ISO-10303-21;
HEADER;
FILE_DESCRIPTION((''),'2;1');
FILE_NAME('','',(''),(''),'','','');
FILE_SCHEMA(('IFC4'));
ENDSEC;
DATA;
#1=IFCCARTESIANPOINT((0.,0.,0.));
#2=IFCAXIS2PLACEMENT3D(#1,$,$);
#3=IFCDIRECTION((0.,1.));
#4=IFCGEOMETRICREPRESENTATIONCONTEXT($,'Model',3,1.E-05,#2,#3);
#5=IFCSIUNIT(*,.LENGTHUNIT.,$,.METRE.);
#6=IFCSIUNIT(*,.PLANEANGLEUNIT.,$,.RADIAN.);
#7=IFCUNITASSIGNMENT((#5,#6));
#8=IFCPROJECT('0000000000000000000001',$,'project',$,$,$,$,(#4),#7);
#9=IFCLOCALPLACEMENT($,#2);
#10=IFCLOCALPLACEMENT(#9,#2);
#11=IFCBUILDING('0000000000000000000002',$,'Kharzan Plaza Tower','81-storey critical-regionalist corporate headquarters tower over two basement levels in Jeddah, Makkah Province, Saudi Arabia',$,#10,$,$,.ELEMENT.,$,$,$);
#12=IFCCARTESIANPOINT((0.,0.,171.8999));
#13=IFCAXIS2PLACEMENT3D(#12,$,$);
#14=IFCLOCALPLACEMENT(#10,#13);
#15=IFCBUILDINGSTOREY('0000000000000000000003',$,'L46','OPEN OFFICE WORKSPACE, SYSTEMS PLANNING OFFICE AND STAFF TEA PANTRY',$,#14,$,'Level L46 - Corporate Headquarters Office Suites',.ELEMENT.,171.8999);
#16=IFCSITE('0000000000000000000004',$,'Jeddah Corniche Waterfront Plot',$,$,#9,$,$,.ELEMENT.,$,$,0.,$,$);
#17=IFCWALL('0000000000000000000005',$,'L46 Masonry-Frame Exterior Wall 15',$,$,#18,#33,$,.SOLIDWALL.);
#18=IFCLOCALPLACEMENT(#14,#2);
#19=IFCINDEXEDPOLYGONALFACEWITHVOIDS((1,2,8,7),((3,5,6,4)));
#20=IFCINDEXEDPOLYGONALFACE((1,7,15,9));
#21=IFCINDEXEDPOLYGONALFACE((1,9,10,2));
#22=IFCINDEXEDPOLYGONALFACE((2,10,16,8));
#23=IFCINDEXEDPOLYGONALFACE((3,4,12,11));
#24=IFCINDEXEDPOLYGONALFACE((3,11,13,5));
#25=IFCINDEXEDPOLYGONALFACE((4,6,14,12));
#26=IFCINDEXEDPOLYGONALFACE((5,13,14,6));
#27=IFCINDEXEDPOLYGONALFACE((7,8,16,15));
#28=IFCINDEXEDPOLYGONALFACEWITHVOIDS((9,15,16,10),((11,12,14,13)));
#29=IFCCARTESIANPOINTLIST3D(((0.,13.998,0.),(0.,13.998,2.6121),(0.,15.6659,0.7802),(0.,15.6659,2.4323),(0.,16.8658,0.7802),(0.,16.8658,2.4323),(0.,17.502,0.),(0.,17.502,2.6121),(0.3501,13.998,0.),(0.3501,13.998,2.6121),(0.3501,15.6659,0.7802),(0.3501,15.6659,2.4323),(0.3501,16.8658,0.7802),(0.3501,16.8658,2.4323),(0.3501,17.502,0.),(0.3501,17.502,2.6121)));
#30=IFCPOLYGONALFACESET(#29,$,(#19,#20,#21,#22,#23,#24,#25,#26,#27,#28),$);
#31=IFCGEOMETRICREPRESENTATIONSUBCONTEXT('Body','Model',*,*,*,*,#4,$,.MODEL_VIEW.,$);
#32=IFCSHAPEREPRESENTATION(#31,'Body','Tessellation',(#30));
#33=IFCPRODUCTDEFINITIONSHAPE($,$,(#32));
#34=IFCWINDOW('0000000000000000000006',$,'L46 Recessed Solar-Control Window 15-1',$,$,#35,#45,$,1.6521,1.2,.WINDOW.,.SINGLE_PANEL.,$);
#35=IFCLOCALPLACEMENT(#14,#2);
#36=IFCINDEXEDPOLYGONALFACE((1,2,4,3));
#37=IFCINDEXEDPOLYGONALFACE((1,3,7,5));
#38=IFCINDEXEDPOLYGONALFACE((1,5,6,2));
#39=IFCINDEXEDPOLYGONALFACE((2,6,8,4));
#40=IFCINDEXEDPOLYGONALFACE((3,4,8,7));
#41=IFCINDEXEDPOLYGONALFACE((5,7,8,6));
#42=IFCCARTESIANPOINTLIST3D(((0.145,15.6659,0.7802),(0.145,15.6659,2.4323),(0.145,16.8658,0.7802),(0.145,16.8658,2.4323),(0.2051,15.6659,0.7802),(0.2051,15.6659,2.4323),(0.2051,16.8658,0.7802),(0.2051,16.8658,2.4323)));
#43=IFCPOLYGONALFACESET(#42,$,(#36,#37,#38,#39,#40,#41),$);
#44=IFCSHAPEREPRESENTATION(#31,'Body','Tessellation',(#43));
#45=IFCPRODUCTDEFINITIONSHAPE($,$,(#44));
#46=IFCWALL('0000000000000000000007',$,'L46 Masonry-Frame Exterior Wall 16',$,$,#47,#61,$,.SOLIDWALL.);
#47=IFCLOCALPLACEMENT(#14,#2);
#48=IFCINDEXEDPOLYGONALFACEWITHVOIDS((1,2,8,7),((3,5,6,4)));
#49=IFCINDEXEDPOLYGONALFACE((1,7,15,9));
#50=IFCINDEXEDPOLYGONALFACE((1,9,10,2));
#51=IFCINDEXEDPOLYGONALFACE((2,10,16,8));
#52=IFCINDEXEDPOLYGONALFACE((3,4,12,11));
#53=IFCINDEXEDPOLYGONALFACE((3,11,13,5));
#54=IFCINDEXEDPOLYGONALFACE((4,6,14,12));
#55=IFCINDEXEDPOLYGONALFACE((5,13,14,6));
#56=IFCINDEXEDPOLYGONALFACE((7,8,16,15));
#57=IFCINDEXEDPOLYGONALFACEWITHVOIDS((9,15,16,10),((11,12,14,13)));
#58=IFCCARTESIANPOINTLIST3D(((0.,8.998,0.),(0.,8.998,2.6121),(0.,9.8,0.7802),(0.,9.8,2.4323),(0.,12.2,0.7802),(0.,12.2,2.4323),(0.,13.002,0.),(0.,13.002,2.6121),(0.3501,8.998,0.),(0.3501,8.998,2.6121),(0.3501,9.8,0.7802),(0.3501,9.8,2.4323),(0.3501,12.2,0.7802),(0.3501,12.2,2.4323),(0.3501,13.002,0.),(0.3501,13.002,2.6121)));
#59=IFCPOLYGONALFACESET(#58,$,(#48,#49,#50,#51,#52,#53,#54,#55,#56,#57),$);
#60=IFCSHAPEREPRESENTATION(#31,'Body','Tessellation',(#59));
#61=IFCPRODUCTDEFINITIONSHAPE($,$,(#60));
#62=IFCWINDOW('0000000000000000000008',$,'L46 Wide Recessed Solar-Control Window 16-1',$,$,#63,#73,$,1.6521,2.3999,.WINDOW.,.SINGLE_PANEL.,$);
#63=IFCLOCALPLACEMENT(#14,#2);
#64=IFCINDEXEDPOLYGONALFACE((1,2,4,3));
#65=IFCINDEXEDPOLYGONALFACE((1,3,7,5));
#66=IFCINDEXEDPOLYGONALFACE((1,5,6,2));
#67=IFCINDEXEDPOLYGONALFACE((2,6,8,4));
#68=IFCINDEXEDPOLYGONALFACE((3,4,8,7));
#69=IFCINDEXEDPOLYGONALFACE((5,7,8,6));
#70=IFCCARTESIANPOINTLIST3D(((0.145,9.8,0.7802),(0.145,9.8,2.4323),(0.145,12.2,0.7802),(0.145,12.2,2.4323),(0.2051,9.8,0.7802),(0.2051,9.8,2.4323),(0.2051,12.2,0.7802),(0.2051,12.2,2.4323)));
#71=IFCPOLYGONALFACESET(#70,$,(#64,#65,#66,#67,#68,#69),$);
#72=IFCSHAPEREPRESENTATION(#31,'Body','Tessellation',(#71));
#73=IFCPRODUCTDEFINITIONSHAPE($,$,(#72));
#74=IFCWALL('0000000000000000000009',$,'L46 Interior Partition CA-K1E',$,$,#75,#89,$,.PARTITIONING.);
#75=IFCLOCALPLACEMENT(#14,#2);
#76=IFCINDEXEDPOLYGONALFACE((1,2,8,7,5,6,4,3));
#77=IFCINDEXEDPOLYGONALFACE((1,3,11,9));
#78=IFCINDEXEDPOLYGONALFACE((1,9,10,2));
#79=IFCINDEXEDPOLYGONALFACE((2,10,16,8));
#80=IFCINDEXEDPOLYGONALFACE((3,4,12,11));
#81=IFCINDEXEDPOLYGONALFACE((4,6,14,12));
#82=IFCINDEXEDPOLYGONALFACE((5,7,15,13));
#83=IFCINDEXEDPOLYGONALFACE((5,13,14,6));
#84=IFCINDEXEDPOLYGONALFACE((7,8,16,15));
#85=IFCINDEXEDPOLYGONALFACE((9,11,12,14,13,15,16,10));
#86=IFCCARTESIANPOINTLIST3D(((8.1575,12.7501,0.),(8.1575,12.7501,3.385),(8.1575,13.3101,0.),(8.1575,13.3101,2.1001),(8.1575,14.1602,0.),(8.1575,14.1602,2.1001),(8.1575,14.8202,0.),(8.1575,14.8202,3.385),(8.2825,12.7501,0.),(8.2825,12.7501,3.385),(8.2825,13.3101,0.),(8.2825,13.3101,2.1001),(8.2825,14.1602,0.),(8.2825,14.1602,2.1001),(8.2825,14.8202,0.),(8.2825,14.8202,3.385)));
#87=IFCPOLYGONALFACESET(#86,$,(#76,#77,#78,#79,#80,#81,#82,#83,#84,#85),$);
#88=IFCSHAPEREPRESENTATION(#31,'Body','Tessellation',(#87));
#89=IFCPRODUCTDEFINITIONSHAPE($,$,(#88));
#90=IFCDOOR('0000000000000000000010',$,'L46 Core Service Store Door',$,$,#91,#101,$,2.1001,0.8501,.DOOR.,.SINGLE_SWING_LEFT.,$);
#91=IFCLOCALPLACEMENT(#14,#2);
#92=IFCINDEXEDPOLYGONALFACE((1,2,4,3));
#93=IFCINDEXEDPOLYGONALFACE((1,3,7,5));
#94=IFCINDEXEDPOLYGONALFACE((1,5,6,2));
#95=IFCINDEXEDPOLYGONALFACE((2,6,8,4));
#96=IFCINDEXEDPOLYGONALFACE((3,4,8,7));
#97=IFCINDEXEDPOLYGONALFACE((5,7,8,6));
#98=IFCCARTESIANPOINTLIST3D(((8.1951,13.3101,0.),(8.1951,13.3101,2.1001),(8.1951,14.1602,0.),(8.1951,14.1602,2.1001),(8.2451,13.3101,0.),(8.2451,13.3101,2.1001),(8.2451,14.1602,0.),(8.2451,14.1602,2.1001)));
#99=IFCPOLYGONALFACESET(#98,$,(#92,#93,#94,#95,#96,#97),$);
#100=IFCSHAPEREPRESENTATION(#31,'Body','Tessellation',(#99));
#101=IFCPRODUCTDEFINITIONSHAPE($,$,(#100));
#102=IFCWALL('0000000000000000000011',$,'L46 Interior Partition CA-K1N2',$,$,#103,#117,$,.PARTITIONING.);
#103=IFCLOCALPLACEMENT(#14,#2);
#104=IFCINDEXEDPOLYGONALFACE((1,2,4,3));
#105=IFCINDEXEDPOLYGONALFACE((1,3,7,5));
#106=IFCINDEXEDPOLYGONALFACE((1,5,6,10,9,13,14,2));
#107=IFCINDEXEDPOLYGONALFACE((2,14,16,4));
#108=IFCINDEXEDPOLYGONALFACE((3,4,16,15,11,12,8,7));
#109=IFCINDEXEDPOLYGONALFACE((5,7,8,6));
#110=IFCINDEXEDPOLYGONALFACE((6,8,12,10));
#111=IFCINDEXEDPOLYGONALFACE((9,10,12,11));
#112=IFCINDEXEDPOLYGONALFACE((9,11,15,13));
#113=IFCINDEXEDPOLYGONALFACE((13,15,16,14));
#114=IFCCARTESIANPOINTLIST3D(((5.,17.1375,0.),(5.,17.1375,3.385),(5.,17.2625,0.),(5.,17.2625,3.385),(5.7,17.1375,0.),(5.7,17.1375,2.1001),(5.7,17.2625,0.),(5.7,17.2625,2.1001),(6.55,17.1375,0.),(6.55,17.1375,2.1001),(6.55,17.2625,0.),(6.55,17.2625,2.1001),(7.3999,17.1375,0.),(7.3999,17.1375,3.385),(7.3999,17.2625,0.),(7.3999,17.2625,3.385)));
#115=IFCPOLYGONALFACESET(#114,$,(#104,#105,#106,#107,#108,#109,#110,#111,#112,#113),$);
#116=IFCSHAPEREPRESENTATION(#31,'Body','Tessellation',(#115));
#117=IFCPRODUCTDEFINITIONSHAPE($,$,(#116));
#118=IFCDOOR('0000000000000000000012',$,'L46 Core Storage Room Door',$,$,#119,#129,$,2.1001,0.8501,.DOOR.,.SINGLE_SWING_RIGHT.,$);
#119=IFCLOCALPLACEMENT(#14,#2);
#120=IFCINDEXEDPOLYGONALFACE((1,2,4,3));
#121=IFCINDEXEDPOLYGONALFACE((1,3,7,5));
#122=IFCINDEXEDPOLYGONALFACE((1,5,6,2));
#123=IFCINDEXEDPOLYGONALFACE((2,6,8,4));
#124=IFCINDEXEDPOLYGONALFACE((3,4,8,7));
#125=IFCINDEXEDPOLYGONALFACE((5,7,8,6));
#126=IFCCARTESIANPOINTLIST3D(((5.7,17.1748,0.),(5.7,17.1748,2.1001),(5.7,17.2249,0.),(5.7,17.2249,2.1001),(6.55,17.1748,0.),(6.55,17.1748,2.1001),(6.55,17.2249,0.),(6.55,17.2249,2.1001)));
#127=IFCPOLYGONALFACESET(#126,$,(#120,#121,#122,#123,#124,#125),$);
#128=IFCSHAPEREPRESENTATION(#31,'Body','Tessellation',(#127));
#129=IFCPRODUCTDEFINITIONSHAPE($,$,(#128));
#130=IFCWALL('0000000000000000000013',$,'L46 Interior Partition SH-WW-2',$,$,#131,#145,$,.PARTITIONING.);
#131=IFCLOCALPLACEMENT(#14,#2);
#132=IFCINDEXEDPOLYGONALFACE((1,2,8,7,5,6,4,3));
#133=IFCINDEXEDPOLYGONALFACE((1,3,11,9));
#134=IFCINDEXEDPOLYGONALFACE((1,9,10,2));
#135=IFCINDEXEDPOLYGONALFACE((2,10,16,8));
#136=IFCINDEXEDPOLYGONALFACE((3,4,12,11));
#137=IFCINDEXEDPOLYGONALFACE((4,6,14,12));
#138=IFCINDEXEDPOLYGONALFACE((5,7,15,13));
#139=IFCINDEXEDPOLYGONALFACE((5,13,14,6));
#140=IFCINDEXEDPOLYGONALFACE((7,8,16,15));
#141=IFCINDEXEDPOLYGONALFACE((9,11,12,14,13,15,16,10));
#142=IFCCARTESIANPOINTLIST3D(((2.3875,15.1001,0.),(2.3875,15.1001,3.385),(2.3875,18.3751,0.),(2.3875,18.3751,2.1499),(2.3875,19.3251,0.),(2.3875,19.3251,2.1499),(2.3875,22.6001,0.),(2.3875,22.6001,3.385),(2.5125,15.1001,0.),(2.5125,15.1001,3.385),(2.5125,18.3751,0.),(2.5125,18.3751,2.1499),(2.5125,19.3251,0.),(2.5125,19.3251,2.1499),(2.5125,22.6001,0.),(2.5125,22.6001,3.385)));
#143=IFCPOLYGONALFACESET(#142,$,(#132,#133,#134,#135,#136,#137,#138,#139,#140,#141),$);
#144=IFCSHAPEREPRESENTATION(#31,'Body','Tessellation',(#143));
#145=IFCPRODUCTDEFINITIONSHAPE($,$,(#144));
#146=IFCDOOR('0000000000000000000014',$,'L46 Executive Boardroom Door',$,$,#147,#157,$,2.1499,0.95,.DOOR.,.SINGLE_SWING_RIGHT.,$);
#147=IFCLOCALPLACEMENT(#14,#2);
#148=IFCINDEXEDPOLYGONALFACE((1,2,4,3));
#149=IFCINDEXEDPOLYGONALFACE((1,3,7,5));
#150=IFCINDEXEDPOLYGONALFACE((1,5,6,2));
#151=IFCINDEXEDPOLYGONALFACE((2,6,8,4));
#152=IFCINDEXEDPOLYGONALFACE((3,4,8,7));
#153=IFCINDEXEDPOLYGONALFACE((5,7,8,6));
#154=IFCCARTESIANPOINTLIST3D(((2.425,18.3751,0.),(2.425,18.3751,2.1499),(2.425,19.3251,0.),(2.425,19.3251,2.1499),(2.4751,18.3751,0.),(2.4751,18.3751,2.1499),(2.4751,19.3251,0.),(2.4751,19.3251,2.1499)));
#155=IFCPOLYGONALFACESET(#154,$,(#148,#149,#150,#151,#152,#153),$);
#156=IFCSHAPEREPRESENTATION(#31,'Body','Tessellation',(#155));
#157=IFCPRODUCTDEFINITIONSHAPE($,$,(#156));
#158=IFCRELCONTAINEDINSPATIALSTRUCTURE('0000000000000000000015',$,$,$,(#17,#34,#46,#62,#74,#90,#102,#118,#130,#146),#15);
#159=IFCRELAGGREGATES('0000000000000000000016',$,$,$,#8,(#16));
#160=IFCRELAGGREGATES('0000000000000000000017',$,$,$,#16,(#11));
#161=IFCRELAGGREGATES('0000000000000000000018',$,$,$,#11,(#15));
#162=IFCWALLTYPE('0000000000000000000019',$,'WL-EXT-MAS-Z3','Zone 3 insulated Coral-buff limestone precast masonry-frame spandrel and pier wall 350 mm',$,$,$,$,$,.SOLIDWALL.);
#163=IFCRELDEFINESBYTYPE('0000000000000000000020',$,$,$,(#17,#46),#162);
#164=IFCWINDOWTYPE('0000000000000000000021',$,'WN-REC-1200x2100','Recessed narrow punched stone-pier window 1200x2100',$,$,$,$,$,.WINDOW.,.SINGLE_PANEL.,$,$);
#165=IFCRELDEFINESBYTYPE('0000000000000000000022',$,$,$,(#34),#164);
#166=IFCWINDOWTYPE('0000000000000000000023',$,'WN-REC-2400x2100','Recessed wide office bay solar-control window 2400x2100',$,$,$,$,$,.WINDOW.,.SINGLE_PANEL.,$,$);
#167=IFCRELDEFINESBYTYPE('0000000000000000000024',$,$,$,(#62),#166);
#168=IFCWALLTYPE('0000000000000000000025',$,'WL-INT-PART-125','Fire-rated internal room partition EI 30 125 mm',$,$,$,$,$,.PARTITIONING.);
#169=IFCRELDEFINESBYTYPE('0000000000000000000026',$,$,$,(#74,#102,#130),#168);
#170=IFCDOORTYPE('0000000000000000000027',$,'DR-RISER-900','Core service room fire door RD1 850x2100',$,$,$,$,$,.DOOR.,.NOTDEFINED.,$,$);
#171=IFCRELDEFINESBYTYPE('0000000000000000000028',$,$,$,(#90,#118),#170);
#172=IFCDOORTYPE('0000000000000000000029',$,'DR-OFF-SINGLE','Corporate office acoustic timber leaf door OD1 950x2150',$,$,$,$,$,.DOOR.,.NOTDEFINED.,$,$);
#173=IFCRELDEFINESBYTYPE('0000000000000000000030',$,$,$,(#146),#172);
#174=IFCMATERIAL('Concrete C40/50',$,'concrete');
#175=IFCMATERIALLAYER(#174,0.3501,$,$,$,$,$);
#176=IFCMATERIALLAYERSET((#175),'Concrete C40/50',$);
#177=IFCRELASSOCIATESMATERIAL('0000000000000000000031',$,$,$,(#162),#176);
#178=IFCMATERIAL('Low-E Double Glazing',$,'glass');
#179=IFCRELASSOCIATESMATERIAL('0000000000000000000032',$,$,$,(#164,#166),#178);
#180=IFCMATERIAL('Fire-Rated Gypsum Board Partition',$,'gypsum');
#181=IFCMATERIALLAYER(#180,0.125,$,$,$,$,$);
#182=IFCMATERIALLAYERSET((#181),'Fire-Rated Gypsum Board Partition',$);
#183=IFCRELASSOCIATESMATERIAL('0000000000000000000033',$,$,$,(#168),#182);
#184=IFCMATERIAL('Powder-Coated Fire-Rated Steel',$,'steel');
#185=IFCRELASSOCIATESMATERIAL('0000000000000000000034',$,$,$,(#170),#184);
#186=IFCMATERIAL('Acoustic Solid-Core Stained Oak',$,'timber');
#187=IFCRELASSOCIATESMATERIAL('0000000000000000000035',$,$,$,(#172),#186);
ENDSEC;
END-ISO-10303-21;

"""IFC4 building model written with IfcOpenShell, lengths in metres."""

from ifc_helpers import new_model, si_unit, direction, frame, frame_2d, origin, place, context, subcontext, project, spatial, rectangle, extrude, source, transform, mapped, material, layer, layer_set, type_object, element, fill, save


model = new_model("IFC4")

# Units and contexts
model_context = context("Model", 3, precision=1e-05, world=origin(), true_north=direction((0.0, 1.0)))
body_context = subcontext(model_context, "Body", "Model", "MODEL_VIEW")
ifc_project = project(units=[si_unit("LENGTHUNIT", "METRE"), si_unit("PLANEANGLEUNIT", "RADIAN")], contexts=[model_context])

# Site, building, storey
site_placement = place(None, origin())
site = spatial("IfcSite", under=ifc_project, at=site_placement, Name="Jeddah Corniche Waterfront Plot", CompositionType="ELEMENT", RefElevation=0.0)
building_placement = place(site_placement, origin())
building = spatial("IfcBuilding", under=site, at=building_placement, Name="Kharzan Plaza Tower", Description="81-storey critical-regionalist corporate headquarters tower over two basement levels in Jeddah, Makkah Province, Saudi Arabia", CompositionType="ELEMENT")
storey_placement = place(building_placement, frame((0.0, 0.0, 171.8999)))
storey = spatial("IfcBuildingStorey", under=building, at=storey_placement, Name="L46", Description="OPEN OFFICE WORKSPACE, SYSTEMS PLANNING OFFICE AND STAFF TEA PANTRY", LongName="Level L46 - Corporate Headquarters Office Suites", CompositionType="ELEMENT", Elevation=171.8999)

# Walls, openings, windows
ifc_material_1 = material(Name="Concrete C40/50", Category="concrete")
ifc_layer_1 = layer(ifc_material_1, 0.3501)
ifc_layer_set_1 = layer_set([ifc_layer_1], Name="Concrete C40/50")
wall_type_1 = type_object("IfcWallType", Name="WL-EXT-MAS-Z3", Description="Zone 3 insulated Coral-buff limestone precast masonry-frame spandrel and pier wall 350 mm", PredefinedType="SOLIDWALL", material=ifc_layer_set_1)
wall_1_placement = place(storey_placement, frame((0.175, 17.502, 0.0), z_axis=(0.0, 0.0, 1.0), x_axis=(0.0, -1.0, 0.0)))
wall_1 = element("IfcWall", 1, at=wall_1_placement, inside=storey, type_object=wall_type_1, Name="L46 Masonry-Frame Exterior Wall 15", PredefinedType="SOLIDWALL", context=body_context, shape_type="SweptSolid", body=[
    extrude(rectangle(XDim=3.5039, YDim=0.3501, at=frame_2d((1.752, 0.0))), origin(), (0.0, 0.0, 1.0), 2.6121),
])
opening_1_placement = place(wall_1_placement, frame((0.636, 0.0, 0.78)))
opening_1 = element("IfcOpeningElement", 2, at=opening_1_placement, cuts=wall_1, PredefinedType="OPENING", context=body_context, shape_type="SweptSolid", body=[
    extrude(rectangle(XDim=1.2, YDim=1.6521, at=frame_2d((0.6001, 0.8262))), frame((0.0, 0.1851, 0.0), z_axis=(0.0, -1.0, 0.0), x_axis=(1.0, 0.0, 0.0)), (0.0, 0.0, 1.0), 0.3701),
])
ifc_material_2 = material(Name="Low-E Double Glazing", Category="glass")
window_type_1 = type_object("IfcWindowType", Name="WN-REC-1200x2100", Description="Recessed narrow punched stone-pier window 1200x2100", PartitioningType="SINGLE_PANEL", PredefinedType="WINDOW", material=ifc_material_2)
shared_shape_1 = source(origin(), body_context, "Body", "SweptSolid", [
    extrude(rectangle(XDim=1.2, YDim=1.6521, at=frame_2d((0.6001, 0.8262))), frame((0.0, 0.03, 0.0), z_axis=(0.0, -1.0, 0.0), x_axis=(1.0, 0.0, 0.0)), (0.0, 0.0, 1.0), 0.0601),
])
window_1_placement = place(opening_1_placement, origin())
window_1 = element("IfcWindow", 3, at=window_1_placement, inside=storey, type_object=window_type_1, Name="L46 Recessed Solar-Control Window 15-1", OverallHeight=1.6521, OverallWidth=1.2, PartitioningType="SINGLE_PANEL", PredefinedType="WINDOW", context=body_context, shape_type="MappedRepresentation", body=[
    mapped(shared_shape_1, transform((0.0, 0.0, 0.0), x_axis=(1.0, 0.0, 0.0), y_axis=(0.0, 1.0, 0.0), z_axis=(0.0, 0.0, 1.0))),
])
fill(opening_1, window_1)
wall_2_placement = place(storey_placement, frame((0.175, 13.002, 0.0), z_axis=(0.0, 0.0, 1.0), x_axis=(0.0, -1.0, 0.0)))
wall_2 = element("IfcWall", 4, at=wall_2_placement, inside=storey, type_object=wall_type_1, Name="L46 Masonry-Frame Exterior Wall 16", PredefinedType="SOLIDWALL", context=body_context, shape_type="SweptSolid", body=[
    extrude(rectangle(XDim=4.0039, YDim=0.3501, at=frame_2d((2.002, 0.0))), origin(), (0.0, 0.0, 1.0), 2.6121),
])
opening_2_placement = place(wall_2_placement, frame((0.802, 0.0, 0.78)))
opening_2 = element("IfcOpeningElement", 5, at=opening_2_placement, cuts=wall_2, PredefinedType="OPENING", context=body_context, shape_type="SweptSolid", body=[
    extrude(rectangle(XDim=2.3999, YDim=1.6521, at=frame_2d((1.2, 0.8262))), frame((0.0, 0.1851, 0.0), z_axis=(0.0, -1.0, 0.0), x_axis=(1.0, 0.0, 0.0)), (0.0, 0.0, 1.0), 0.3701),
])
window_type_2 = type_object("IfcWindowType", Name="WN-REC-2400x2100", Description="Recessed wide office bay solar-control window 2400x2100", PartitioningType="SINGLE_PANEL", PredefinedType="WINDOW", material=ifc_material_2)
shared_shape_2 = source(origin(), body_context, "Body", "SweptSolid", [
    extrude(rectangle(XDim=2.3999, YDim=1.6521, at=frame_2d((1.2, 0.8262))), frame((0.0, 0.03, 0.0), z_axis=(0.0, -1.0, 0.0), x_axis=(1.0, 0.0, 0.0)), (0.0, 0.0, 1.0), 0.0601),
])
window_2_placement = place(opening_2_placement, origin())
window_2 = element("IfcWindow", 6, at=window_2_placement, inside=storey, type_object=window_type_2, Name="L46 Wide Recessed Solar-Control Window 16-1", OverallHeight=1.6521, OverallWidth=2.3999, PartitioningType="SINGLE_PANEL", PredefinedType="WINDOW", context=body_context, shape_type="MappedRepresentation", body=[
    mapped(shared_shape_2, transform((0.0, 0.0, 0.0), x_axis=(1.0, 0.0, 0.0), y_axis=(0.0, 1.0, 0.0), z_axis=(0.0, 0.0, 1.0))),
])
fill(opening_2, window_2)

# Walls, openings, doors
ifc_material_3 = material(Name="Fire-Rated Gypsum Board Partition", Category="gypsum")
ifc_layer_2 = layer(ifc_material_3, 0.125)
ifc_layer_set_2 = layer_set([ifc_layer_2], Name="Fire-Rated Gypsum Board Partition")
wall_type_2 = type_object("IfcWallType", Name="WL-INT-PART-125", Description="Fire-rated internal room partition EI 30 125 mm", PredefinedType="PARTITIONING", material=ifc_layer_set_2)
wall_3_placement = place(storey_placement, frame((8.22, 12.75, 0.0), z_axis=(0.0, 0.0, 1.0), x_axis=(0.0, 1.0, 0.0)))
wall_3 = element("IfcWall", 7, at=wall_3_placement, inside=storey, type_object=wall_type_2, Name="L46 Interior Partition CA-K1E", PredefinedType="PARTITIONING", context=body_context, shape_type="SweptSolid", body=[
    extrude(rectangle(XDim=2.0701, YDim=0.125, at=frame_2d((1.0352, 0.0))), origin(), (0.0, 0.0, 1.0), 3.385),
])
opening_3_placement = place(wall_3_placement, frame((0.5601, 0.0, 0.0)))
opening_3 = element("IfcOpeningElement", 8, at=opening_3_placement, cuts=wall_3, PredefinedType="OPENING", context=body_context, shape_type="SweptSolid", body=[
    extrude(rectangle(XDim=0.8501, YDim=2.1001, at=frame_2d((0.425, 1.05))), frame((0.0, 0.0725, 0.0), z_axis=(0.0, -1.0, 0.0), x_axis=(1.0, 0.0, 0.0)), (0.0, 0.0, 1.0), 0.145),
])
ifc_material_4 = material(Name="Powder-Coated Fire-Rated Steel", Category="steel")
door_type_1 = type_object("IfcDoorType", Name="DR-RISER-900", Description="Core service room fire door RD1 850x2100", OperationType="NOTDEFINED", PredefinedType="DOOR", material=ifc_material_4)
shared_shape_3 = source(origin(), body_context, "Body", "SweptSolid", [
    extrude(rectangle(XDim=0.8501, YDim=2.1001, at=frame_2d((0.425, 1.05))), frame((0.0, 0.0249, 0.0), z_axis=(0.0, -1.0, 0.0), x_axis=(1.0, 0.0, 0.0)), (0.0, 0.0, 1.0), 0.05),
])
door_1_placement = place(opening_3_placement, origin())
door_1 = element("IfcDoor", 9, at=door_1_placement, inside=storey, type_object=door_type_1, Name="L46 Core Service Store Door", OperationType="SINGLE_SWING_LEFT", OverallHeight=2.1001, OverallWidth=0.8501, PredefinedType="DOOR", context=body_context, shape_type="MappedRepresentation", body=[
    mapped(shared_shape_3, transform((0.0, 0.0, 0.0), x_axis=(1.0, 0.0, 0.0), y_axis=(0.0, 1.0, 0.0), z_axis=(0.0, 0.0, 1.0))),
])
fill(opening_3, door_1)
wall_4_placement = place(storey_placement, frame((5.0, 17.2, 0.0), z_axis=(0.0, 0.0, 1.0), x_axis=(1.0, 0.0, 0.0)))
wall_4 = element("IfcWall", 10, at=wall_4_placement, inside=storey, type_object=wall_type_2, Name="L46 Interior Partition CA-K1N2", PredefinedType="PARTITIONING", context=body_context, shape_type="SweptSolid", body=[
    extrude(rectangle(XDim=2.3999, YDim=0.125, at=frame_2d((1.2, 0.0))), origin(), (0.0, 0.0, 1.0), 3.385),
])
opening_4_placement = place(wall_4_placement, frame((0.7, 0.0, 0.0)))
opening_4 = element("IfcOpeningElement", 11, at=opening_4_placement, cuts=wall_4, PredefinedType="OPENING", context=body_context, shape_type="SweptSolid", body=[
    extrude(rectangle(XDim=0.8501, YDim=2.1001, at=frame_2d((0.425, 1.05))), frame((0.0, 0.0725, 0.0), z_axis=(0.0, -1.0, 0.0), x_axis=(1.0, 0.0, 0.0)), (0.0, 0.0, 1.0), 0.145),
])
door_2_placement = place(opening_4_placement, origin())
door_2 = element("IfcDoor", 12, at=door_2_placement, inside=storey, type_object=door_type_1, Name="L46 Core Storage Room Door", OperationType="SINGLE_SWING_RIGHT", OverallHeight=2.1001, OverallWidth=0.8501, PredefinedType="DOOR", context=body_context, shape_type="MappedRepresentation", body=[
    mapped(shared_shape_3, transform((0.0, 0.0, 0.0), x_axis=(1.0, 0.0, 0.0), y_axis=(0.0, 1.0, 0.0), z_axis=(0.0, 0.0, 1.0))),
])
fill(opening_4, door_2)
wall_5_placement = place(storey_placement, frame((2.45, 15.1001, 0.0), z_axis=(0.0, 0.0, 1.0), x_axis=(0.0, 1.0, 0.0)))
wall_5 = element("IfcWall", 13, at=wall_5_placement, inside=storey, type_object=wall_type_2, Name="L46 Interior Partition SH-WW-2", PredefinedType="PARTITIONING", context=body_context, shape_type="SweptSolid", body=[
    extrude(rectangle(XDim=7.5, YDim=0.125, at=frame_2d((3.75, 0.0))), origin(), (0.0, 0.0, 1.0), 3.385),
])
opening_5_placement = place(wall_5_placement, frame((3.2749, 0.0, 0.0)))
opening_5 = element("IfcOpeningElement", 14, at=opening_5_placement, cuts=wall_5, PredefinedType="OPENING", context=body_context, shape_type="SweptSolid", body=[
    extrude(rectangle(XDim=0.95, YDim=2.1499, at=frame_2d((0.4751, 1.075))), frame((0.0, 0.0725, 0.0), z_axis=(0.0, -1.0, 0.0), x_axis=(1.0, 0.0, 0.0)), (0.0, 0.0, 1.0), 0.145),
])
ifc_material_5 = material(Name="Acoustic Solid-Core Stained Oak", Category="timber")
door_type_2 = type_object("IfcDoorType", Name="DR-OFF-SINGLE", Description="Corporate office acoustic timber leaf door OD1 950x2150", OperationType="NOTDEFINED", PredefinedType="DOOR", material=ifc_material_5)
shared_shape_4 = source(origin(), body_context, "Body", "SweptSolid", [
    extrude(rectangle(XDim=0.95, YDim=2.1499, at=frame_2d((0.4751, 1.075))), frame((0.0, 0.0249, 0.0), z_axis=(0.0, -1.0, 0.0), x_axis=(1.0, 0.0, 0.0)), (0.0, 0.0, 1.0), 0.05),
])
door_3_placement = place(opening_5_placement, origin())
door_3 = element("IfcDoor", 15, at=door_3_placement, inside=storey, type_object=door_type_2, Name="L46 Executive Boardroom Door", OperationType="SINGLE_SWING_RIGHT", OverallHeight=2.1499, OverallWidth=0.95, PredefinedType="DOOR", context=body_context, shape_type="MappedRepresentation", body=[
    mapped(shared_shape_4, transform((0.0, 0.0, 0.0), x_axis=(1.0, 0.0, 0.0), y_axis=(0.0, 1.0, 0.0), z_axis=(0.0, 0.0, 1.0))),
])
fill(opening_5, door_3)

save(model, "model.ifc")
